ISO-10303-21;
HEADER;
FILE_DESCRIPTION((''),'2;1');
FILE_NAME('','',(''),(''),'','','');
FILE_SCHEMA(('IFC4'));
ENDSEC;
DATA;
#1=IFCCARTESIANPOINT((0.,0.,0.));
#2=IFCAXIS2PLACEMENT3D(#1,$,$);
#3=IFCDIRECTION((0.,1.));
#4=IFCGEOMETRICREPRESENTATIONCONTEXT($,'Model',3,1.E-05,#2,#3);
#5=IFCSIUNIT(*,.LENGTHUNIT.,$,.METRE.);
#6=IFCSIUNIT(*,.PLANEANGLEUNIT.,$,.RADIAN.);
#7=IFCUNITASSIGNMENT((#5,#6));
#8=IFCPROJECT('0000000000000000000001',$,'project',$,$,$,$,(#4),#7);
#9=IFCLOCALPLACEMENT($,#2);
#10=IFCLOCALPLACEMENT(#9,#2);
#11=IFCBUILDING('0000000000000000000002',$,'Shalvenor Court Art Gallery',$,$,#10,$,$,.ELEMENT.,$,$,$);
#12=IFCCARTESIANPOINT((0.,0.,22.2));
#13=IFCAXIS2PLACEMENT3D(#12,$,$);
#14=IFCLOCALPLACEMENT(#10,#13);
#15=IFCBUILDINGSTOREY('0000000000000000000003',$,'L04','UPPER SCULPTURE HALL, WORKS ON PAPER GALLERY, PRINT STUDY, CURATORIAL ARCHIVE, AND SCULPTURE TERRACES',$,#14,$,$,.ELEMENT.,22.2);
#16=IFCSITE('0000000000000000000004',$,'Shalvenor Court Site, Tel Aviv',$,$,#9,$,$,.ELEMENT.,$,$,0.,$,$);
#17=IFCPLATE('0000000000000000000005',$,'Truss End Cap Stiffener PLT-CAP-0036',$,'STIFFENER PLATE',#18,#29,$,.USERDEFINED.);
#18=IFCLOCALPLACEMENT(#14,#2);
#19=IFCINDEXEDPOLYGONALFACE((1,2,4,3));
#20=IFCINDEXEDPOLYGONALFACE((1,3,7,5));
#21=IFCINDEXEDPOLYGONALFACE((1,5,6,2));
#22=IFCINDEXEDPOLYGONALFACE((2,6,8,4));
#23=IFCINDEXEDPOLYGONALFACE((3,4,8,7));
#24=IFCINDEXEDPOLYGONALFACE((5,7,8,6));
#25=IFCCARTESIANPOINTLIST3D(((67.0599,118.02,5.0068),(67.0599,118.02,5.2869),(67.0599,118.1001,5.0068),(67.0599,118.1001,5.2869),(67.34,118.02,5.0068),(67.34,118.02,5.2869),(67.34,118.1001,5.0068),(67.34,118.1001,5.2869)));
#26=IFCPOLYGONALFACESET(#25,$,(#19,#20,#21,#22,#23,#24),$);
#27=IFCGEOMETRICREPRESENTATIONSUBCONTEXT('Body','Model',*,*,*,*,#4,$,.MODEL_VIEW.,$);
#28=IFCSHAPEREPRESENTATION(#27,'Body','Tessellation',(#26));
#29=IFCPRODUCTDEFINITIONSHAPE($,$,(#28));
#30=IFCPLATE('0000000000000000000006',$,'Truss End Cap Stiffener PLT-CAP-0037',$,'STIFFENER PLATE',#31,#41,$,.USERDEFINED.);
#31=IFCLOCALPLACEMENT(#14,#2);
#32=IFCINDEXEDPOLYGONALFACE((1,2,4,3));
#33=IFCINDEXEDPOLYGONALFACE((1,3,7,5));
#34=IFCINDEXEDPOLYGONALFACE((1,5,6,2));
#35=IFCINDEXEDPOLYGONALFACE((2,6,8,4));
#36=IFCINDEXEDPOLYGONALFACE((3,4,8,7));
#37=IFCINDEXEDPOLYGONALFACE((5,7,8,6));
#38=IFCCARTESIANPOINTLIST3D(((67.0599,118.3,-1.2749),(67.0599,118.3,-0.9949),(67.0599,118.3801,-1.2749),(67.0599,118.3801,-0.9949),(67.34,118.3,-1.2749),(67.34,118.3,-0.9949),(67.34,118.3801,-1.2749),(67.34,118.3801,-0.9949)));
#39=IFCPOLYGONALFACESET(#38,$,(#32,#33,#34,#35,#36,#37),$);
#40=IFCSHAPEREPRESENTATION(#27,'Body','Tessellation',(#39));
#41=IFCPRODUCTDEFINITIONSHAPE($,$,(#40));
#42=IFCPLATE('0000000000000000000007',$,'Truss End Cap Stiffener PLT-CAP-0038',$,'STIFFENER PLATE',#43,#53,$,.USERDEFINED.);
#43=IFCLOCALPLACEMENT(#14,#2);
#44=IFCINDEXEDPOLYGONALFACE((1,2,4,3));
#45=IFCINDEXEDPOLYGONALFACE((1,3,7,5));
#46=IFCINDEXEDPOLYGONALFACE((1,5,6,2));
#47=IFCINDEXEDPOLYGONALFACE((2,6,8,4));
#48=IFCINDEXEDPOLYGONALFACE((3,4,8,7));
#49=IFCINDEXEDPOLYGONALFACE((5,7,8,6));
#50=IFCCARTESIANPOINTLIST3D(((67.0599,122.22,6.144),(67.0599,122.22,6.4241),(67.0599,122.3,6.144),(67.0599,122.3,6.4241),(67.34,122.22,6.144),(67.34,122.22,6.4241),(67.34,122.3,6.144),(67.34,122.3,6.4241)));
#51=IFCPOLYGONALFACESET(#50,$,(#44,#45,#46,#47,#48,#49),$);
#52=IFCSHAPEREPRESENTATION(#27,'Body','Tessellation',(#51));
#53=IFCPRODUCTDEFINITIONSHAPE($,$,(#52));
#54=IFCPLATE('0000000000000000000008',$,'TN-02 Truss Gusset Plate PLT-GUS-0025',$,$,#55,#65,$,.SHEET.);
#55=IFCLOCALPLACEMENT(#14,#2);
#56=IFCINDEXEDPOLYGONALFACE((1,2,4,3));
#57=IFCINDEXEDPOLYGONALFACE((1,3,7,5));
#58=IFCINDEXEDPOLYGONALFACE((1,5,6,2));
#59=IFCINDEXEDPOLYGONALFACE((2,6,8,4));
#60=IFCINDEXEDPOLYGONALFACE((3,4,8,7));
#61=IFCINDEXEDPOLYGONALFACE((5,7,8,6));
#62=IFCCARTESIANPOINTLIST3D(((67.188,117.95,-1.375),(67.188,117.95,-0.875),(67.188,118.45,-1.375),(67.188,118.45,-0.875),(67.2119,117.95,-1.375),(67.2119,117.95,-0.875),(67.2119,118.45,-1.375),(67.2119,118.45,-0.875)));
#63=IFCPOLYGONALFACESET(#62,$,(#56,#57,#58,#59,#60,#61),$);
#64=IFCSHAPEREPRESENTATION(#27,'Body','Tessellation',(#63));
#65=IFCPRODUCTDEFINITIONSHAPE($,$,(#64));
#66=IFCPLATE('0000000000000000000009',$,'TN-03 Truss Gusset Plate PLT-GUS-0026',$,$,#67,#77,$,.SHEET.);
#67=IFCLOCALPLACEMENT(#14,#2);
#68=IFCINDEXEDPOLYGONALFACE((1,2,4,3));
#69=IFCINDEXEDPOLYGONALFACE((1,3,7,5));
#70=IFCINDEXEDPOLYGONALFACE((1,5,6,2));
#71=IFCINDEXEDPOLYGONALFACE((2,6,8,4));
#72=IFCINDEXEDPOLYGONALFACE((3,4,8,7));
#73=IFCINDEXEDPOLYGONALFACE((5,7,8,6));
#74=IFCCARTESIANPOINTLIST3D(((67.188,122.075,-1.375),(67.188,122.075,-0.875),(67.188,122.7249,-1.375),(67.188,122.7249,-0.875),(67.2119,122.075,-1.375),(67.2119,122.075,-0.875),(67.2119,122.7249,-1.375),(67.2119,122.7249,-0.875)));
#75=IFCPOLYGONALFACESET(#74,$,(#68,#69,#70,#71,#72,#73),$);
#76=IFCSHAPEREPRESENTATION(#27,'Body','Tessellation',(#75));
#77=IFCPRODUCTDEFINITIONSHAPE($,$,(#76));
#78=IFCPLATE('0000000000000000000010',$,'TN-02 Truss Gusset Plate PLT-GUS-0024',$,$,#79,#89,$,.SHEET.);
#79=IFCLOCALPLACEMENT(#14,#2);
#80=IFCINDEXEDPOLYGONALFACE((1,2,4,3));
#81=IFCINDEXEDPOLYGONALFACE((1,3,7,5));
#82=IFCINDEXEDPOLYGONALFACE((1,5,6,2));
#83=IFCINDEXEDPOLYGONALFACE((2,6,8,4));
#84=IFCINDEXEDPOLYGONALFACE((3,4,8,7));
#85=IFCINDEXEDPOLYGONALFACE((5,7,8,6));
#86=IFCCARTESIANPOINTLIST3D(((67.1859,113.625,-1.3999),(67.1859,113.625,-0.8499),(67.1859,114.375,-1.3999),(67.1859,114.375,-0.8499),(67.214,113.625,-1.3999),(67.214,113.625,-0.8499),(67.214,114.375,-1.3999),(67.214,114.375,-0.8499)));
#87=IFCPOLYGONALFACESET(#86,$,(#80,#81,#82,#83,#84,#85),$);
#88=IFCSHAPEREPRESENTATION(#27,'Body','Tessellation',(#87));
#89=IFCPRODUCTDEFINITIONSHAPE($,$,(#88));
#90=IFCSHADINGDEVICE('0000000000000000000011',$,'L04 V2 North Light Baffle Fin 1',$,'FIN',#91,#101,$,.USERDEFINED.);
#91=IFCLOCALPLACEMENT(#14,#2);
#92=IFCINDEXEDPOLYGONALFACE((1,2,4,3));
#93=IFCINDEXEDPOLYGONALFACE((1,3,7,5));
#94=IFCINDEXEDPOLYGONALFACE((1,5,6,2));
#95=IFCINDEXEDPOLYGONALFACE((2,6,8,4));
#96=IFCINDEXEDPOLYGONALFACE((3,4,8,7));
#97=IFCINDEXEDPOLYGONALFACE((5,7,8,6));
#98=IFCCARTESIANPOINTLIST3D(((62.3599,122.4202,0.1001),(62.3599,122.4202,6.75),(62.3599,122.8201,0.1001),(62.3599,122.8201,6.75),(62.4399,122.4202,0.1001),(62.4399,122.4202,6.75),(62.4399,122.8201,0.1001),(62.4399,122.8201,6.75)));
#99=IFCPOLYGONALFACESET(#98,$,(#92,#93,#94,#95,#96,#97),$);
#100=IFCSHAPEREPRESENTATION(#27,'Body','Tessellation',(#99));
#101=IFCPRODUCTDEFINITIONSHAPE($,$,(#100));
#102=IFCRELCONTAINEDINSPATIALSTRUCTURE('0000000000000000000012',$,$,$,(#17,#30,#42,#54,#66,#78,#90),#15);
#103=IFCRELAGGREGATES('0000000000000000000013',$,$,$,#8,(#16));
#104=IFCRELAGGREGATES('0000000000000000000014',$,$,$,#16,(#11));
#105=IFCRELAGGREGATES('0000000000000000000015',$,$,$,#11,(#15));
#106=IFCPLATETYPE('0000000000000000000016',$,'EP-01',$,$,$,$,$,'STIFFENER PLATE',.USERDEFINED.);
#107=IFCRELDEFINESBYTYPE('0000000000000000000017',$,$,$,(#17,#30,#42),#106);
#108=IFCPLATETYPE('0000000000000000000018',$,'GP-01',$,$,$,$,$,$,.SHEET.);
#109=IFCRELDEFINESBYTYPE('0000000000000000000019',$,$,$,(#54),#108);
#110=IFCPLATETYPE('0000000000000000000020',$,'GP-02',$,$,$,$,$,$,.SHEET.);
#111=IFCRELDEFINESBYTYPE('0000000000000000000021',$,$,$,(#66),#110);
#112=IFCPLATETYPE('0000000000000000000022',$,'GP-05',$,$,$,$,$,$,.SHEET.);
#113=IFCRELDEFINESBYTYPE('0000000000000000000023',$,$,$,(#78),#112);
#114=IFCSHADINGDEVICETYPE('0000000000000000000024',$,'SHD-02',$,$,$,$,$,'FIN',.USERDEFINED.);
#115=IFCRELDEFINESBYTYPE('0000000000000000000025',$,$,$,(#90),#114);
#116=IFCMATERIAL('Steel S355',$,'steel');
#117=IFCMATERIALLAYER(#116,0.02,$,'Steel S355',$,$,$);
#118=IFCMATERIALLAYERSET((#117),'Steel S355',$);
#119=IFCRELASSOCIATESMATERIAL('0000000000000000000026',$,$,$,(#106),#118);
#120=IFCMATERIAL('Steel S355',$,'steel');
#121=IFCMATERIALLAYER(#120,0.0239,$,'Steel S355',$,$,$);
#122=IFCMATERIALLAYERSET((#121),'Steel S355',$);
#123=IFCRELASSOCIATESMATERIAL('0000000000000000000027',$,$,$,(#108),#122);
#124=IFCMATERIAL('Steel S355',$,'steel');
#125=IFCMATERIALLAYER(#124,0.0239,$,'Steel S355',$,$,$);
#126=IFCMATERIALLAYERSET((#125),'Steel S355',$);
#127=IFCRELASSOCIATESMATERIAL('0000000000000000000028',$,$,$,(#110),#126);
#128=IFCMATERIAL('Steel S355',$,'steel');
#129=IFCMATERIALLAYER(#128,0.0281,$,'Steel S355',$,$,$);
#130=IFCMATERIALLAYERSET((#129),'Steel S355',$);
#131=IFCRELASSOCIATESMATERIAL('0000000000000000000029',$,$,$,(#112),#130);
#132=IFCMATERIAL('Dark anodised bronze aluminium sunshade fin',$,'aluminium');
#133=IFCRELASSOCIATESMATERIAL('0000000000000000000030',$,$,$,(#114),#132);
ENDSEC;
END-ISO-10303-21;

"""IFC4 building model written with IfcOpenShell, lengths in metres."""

from ifc_helpers import new_model, si_unit, direction, frame, origin, origin_2d, place, context, subcontext, project, spatial, rectangle, extrude, material, layer, layer_set, type_object, element, save


model = new_model("IFC4")

# Units and contexts
model_context = context("Model", 3, precision=1e-05, world=origin(), true_north=direction((0.0, 1.0)))
body_context = subcontext(model_context, "Body", "Model", "MODEL_VIEW")
ifc_project = project(units=[si_unit("LENGTHUNIT", "METRE"), si_unit("PLANEANGLEUNIT", "RADIAN")], contexts=[model_context])

# Site, building, storey
site_placement = place(None, origin())
site = spatial("IfcSite", under=ifc_project, at=site_placement, Name="Shalvenor Court Site, Tel Aviv", CompositionType="ELEMENT", RefElevation=0.0)
building_placement = place(site_placement, origin())
building = spatial("IfcBuilding", under=site, at=building_placement, Name="Shalvenor Court Art Gallery", CompositionType="ELEMENT")
storey_placement = place(building_placement, frame((0.0, 0.0, 22.2)))
storey = spatial("IfcBuildingStorey", under=building, at=storey_placement, Name="L04", Description="UPPER SCULPTURE HALL, WORKS ON PAPER GALLERY, PRINT STUDY, CURATORIAL ARCHIVE, AND SCULPTURE TERRACES", CompositionType="ELEMENT", Elevation=22.2)

# Plates
ifc_material_1 = material(Name="Steel S355", Category="steel")
ifc_layer_1 = layer(ifc_material_1, 0.02, Name="Steel S355")
ifc_layer_set_1 = layer_set([ifc_layer_1], Name="Steel S355")
plate_type_1 = type_object("IfcPlateType", Name="EP-01", ElementType="STIFFENER PLATE", PredefinedType="USERDEFINED", material=ifc_layer_set_1)
for number, where, z_axis, x_axis, name in (
    (1, (67.2, 118.0601, 5.0068), (0.0, 0.0, 1.0), (1.0, 0.0, 0.0), "Truss End Cap Stiffener PLT-CAP-0036"),
    (2, (67.2, 118.3401, -1.2749), (0.0, 0.0, 1.0), (1.0, 0.0, 0.0), "Truss End Cap Stiffener PLT-CAP-0037"),
    (3, (67.2, 122.26, 6.144), (0.0, 0.0, 1.0), (1.0, 0.0, 0.0), "Truss End Cap Stiffener PLT-CAP-0038"),
):
    element("IfcPlate", number, at=place(storey_placement, frame(where, z_axis=z_axis, x_axis=x_axis)), inside=storey, type_object=plate_type_1, Name=name, ObjectType="STIFFENER PLATE", PredefinedType="USERDEFINED", context=body_context, shape_type="SweptSolid", body=[
        extrude(rectangle(XDim=0.28, YDim=0.0801, at=origin_2d()), origin(), (0.0, 0.0, 1.0), 0.28),
    ])
ifc_material_2 = material(Name="Steel S355", Category="steel")
ifc_layer_2 = layer(ifc_material_2, 0.0239, Name="Steel S355")
ifc_layer_set_2 = layer_set([ifc_layer_2], Name="Steel S355")
plate_type_2 = type_object("IfcPlateType", Name="GP-01", PredefinedType="SHEET", material=ifc_layer_set_2)
plate_1_placement = place(storey_placement, frame((67.2, 118.2, -1.375), z_axis=(0.0, 0.0, 1.0), x_axis=(0.0, 1.0, 0.0)))
element("IfcPlate", 4, at=plate_1_placement, inside=storey, type_object=plate_type_2, Name="TN-02 Truss Gusset Plate PLT-GUS-0025", PredefinedType="SHEET", context=body_context, shape_type="SweptSolid", body=[
    extrude(rectangle(XDim=0.5, YDim=0.0239, at=origin_2d()), origin(), (0.0, 0.0, 1.0), 0.5),
])
ifc_material_3 = material(Name="Steel S355", Category="steel")
ifc_layer_3 = layer(ifc_material_3, 0.0239, Name="Steel S355")
ifc_layer_set_3 = layer_set([ifc_layer_3], Name="Steel S355")
plate_type_3 = type_object("IfcPlateType", Name="GP-02", PredefinedType="SHEET", material=ifc_layer_set_3)
plate_2_placement = place(storey_placement, frame((67.2, 122.3999, -1.375), z_axis=(0.0, 0.0, 1.0), x_axis=(0.0, 1.0, 0.0)))
element("IfcPlate", 5, at=plate_2_placement, inside=storey, type_object=plate_type_3, Name="TN-03 Truss Gusset Plate PLT-GUS-0026", PredefinedType="SHEET", context=body_context, shape_type="SweptSolid", body=[
    extrude(rectangle(XDim=0.6499, YDim=0.0239, at=origin_2d()), origin(), (0.0, 0.0, 1.0), 0.5),
])
ifc_material_4 = material(Name="Steel S355", Category="steel")
ifc_layer_4 = layer(ifc_material_4, 0.0281, Name="Steel S355")
ifc_layer_set_4 = layer_set([ifc_layer_4], Name="Steel S355")
plate_type_4 = type_object("IfcPlateType", Name="GP-05", PredefinedType="SHEET", material=ifc_layer_set_4)
plate_3_placement = place(storey_placement, frame((67.2, 114.0, -1.3999), z_axis=(0.0, 0.0, 1.0), x_axis=(0.0, 1.0, 0.0)))
element("IfcPlate", 6, at=plate_3_placement, inside=storey, type_object=plate_type_4, Name="TN-02 Truss Gusset Plate PLT-GUS-0024", PredefinedType="SHEET", context=body_context, shape_type="SweptSolid", body=[
    extrude(rectangle(XDim=0.75, YDim=0.0281, at=origin_2d()), origin(), (0.0, 0.0, 1.0), 0.55),
])

# Shading device
ifc_material_5 = material(Name="Dark anodised bronze aluminium sunshade fin", Category="aluminium")
shading_device_type = type_object("IfcShadingDeviceType", Name="SHD-02", ElementType="FIN", PredefinedType="USERDEFINED", material=ifc_material_5)
shading_device_placement = place(storey_placement, frame((62.3999, 122.6201, 0.1001), z_axis=(0.0, 0.0, 1.0), x_axis=(1.0, 0.0, 0.0)))
element("IfcShadingDevice", 7, at=shading_device_placement, inside=storey, type_object=shading_device_type, Name="L04 V2 North Light Baffle Fin 1", ObjectType="FIN", PredefinedType="USERDEFINED", context=body_context, shape_type="SweptSolid", body=[
    extrude(rectangle(XDim=0.0801, YDim=0.3999, at=origin_2d()), origin(), (0.0, 0.0, 1.0), 6.6499),
])

save(model, "model.ifc")
